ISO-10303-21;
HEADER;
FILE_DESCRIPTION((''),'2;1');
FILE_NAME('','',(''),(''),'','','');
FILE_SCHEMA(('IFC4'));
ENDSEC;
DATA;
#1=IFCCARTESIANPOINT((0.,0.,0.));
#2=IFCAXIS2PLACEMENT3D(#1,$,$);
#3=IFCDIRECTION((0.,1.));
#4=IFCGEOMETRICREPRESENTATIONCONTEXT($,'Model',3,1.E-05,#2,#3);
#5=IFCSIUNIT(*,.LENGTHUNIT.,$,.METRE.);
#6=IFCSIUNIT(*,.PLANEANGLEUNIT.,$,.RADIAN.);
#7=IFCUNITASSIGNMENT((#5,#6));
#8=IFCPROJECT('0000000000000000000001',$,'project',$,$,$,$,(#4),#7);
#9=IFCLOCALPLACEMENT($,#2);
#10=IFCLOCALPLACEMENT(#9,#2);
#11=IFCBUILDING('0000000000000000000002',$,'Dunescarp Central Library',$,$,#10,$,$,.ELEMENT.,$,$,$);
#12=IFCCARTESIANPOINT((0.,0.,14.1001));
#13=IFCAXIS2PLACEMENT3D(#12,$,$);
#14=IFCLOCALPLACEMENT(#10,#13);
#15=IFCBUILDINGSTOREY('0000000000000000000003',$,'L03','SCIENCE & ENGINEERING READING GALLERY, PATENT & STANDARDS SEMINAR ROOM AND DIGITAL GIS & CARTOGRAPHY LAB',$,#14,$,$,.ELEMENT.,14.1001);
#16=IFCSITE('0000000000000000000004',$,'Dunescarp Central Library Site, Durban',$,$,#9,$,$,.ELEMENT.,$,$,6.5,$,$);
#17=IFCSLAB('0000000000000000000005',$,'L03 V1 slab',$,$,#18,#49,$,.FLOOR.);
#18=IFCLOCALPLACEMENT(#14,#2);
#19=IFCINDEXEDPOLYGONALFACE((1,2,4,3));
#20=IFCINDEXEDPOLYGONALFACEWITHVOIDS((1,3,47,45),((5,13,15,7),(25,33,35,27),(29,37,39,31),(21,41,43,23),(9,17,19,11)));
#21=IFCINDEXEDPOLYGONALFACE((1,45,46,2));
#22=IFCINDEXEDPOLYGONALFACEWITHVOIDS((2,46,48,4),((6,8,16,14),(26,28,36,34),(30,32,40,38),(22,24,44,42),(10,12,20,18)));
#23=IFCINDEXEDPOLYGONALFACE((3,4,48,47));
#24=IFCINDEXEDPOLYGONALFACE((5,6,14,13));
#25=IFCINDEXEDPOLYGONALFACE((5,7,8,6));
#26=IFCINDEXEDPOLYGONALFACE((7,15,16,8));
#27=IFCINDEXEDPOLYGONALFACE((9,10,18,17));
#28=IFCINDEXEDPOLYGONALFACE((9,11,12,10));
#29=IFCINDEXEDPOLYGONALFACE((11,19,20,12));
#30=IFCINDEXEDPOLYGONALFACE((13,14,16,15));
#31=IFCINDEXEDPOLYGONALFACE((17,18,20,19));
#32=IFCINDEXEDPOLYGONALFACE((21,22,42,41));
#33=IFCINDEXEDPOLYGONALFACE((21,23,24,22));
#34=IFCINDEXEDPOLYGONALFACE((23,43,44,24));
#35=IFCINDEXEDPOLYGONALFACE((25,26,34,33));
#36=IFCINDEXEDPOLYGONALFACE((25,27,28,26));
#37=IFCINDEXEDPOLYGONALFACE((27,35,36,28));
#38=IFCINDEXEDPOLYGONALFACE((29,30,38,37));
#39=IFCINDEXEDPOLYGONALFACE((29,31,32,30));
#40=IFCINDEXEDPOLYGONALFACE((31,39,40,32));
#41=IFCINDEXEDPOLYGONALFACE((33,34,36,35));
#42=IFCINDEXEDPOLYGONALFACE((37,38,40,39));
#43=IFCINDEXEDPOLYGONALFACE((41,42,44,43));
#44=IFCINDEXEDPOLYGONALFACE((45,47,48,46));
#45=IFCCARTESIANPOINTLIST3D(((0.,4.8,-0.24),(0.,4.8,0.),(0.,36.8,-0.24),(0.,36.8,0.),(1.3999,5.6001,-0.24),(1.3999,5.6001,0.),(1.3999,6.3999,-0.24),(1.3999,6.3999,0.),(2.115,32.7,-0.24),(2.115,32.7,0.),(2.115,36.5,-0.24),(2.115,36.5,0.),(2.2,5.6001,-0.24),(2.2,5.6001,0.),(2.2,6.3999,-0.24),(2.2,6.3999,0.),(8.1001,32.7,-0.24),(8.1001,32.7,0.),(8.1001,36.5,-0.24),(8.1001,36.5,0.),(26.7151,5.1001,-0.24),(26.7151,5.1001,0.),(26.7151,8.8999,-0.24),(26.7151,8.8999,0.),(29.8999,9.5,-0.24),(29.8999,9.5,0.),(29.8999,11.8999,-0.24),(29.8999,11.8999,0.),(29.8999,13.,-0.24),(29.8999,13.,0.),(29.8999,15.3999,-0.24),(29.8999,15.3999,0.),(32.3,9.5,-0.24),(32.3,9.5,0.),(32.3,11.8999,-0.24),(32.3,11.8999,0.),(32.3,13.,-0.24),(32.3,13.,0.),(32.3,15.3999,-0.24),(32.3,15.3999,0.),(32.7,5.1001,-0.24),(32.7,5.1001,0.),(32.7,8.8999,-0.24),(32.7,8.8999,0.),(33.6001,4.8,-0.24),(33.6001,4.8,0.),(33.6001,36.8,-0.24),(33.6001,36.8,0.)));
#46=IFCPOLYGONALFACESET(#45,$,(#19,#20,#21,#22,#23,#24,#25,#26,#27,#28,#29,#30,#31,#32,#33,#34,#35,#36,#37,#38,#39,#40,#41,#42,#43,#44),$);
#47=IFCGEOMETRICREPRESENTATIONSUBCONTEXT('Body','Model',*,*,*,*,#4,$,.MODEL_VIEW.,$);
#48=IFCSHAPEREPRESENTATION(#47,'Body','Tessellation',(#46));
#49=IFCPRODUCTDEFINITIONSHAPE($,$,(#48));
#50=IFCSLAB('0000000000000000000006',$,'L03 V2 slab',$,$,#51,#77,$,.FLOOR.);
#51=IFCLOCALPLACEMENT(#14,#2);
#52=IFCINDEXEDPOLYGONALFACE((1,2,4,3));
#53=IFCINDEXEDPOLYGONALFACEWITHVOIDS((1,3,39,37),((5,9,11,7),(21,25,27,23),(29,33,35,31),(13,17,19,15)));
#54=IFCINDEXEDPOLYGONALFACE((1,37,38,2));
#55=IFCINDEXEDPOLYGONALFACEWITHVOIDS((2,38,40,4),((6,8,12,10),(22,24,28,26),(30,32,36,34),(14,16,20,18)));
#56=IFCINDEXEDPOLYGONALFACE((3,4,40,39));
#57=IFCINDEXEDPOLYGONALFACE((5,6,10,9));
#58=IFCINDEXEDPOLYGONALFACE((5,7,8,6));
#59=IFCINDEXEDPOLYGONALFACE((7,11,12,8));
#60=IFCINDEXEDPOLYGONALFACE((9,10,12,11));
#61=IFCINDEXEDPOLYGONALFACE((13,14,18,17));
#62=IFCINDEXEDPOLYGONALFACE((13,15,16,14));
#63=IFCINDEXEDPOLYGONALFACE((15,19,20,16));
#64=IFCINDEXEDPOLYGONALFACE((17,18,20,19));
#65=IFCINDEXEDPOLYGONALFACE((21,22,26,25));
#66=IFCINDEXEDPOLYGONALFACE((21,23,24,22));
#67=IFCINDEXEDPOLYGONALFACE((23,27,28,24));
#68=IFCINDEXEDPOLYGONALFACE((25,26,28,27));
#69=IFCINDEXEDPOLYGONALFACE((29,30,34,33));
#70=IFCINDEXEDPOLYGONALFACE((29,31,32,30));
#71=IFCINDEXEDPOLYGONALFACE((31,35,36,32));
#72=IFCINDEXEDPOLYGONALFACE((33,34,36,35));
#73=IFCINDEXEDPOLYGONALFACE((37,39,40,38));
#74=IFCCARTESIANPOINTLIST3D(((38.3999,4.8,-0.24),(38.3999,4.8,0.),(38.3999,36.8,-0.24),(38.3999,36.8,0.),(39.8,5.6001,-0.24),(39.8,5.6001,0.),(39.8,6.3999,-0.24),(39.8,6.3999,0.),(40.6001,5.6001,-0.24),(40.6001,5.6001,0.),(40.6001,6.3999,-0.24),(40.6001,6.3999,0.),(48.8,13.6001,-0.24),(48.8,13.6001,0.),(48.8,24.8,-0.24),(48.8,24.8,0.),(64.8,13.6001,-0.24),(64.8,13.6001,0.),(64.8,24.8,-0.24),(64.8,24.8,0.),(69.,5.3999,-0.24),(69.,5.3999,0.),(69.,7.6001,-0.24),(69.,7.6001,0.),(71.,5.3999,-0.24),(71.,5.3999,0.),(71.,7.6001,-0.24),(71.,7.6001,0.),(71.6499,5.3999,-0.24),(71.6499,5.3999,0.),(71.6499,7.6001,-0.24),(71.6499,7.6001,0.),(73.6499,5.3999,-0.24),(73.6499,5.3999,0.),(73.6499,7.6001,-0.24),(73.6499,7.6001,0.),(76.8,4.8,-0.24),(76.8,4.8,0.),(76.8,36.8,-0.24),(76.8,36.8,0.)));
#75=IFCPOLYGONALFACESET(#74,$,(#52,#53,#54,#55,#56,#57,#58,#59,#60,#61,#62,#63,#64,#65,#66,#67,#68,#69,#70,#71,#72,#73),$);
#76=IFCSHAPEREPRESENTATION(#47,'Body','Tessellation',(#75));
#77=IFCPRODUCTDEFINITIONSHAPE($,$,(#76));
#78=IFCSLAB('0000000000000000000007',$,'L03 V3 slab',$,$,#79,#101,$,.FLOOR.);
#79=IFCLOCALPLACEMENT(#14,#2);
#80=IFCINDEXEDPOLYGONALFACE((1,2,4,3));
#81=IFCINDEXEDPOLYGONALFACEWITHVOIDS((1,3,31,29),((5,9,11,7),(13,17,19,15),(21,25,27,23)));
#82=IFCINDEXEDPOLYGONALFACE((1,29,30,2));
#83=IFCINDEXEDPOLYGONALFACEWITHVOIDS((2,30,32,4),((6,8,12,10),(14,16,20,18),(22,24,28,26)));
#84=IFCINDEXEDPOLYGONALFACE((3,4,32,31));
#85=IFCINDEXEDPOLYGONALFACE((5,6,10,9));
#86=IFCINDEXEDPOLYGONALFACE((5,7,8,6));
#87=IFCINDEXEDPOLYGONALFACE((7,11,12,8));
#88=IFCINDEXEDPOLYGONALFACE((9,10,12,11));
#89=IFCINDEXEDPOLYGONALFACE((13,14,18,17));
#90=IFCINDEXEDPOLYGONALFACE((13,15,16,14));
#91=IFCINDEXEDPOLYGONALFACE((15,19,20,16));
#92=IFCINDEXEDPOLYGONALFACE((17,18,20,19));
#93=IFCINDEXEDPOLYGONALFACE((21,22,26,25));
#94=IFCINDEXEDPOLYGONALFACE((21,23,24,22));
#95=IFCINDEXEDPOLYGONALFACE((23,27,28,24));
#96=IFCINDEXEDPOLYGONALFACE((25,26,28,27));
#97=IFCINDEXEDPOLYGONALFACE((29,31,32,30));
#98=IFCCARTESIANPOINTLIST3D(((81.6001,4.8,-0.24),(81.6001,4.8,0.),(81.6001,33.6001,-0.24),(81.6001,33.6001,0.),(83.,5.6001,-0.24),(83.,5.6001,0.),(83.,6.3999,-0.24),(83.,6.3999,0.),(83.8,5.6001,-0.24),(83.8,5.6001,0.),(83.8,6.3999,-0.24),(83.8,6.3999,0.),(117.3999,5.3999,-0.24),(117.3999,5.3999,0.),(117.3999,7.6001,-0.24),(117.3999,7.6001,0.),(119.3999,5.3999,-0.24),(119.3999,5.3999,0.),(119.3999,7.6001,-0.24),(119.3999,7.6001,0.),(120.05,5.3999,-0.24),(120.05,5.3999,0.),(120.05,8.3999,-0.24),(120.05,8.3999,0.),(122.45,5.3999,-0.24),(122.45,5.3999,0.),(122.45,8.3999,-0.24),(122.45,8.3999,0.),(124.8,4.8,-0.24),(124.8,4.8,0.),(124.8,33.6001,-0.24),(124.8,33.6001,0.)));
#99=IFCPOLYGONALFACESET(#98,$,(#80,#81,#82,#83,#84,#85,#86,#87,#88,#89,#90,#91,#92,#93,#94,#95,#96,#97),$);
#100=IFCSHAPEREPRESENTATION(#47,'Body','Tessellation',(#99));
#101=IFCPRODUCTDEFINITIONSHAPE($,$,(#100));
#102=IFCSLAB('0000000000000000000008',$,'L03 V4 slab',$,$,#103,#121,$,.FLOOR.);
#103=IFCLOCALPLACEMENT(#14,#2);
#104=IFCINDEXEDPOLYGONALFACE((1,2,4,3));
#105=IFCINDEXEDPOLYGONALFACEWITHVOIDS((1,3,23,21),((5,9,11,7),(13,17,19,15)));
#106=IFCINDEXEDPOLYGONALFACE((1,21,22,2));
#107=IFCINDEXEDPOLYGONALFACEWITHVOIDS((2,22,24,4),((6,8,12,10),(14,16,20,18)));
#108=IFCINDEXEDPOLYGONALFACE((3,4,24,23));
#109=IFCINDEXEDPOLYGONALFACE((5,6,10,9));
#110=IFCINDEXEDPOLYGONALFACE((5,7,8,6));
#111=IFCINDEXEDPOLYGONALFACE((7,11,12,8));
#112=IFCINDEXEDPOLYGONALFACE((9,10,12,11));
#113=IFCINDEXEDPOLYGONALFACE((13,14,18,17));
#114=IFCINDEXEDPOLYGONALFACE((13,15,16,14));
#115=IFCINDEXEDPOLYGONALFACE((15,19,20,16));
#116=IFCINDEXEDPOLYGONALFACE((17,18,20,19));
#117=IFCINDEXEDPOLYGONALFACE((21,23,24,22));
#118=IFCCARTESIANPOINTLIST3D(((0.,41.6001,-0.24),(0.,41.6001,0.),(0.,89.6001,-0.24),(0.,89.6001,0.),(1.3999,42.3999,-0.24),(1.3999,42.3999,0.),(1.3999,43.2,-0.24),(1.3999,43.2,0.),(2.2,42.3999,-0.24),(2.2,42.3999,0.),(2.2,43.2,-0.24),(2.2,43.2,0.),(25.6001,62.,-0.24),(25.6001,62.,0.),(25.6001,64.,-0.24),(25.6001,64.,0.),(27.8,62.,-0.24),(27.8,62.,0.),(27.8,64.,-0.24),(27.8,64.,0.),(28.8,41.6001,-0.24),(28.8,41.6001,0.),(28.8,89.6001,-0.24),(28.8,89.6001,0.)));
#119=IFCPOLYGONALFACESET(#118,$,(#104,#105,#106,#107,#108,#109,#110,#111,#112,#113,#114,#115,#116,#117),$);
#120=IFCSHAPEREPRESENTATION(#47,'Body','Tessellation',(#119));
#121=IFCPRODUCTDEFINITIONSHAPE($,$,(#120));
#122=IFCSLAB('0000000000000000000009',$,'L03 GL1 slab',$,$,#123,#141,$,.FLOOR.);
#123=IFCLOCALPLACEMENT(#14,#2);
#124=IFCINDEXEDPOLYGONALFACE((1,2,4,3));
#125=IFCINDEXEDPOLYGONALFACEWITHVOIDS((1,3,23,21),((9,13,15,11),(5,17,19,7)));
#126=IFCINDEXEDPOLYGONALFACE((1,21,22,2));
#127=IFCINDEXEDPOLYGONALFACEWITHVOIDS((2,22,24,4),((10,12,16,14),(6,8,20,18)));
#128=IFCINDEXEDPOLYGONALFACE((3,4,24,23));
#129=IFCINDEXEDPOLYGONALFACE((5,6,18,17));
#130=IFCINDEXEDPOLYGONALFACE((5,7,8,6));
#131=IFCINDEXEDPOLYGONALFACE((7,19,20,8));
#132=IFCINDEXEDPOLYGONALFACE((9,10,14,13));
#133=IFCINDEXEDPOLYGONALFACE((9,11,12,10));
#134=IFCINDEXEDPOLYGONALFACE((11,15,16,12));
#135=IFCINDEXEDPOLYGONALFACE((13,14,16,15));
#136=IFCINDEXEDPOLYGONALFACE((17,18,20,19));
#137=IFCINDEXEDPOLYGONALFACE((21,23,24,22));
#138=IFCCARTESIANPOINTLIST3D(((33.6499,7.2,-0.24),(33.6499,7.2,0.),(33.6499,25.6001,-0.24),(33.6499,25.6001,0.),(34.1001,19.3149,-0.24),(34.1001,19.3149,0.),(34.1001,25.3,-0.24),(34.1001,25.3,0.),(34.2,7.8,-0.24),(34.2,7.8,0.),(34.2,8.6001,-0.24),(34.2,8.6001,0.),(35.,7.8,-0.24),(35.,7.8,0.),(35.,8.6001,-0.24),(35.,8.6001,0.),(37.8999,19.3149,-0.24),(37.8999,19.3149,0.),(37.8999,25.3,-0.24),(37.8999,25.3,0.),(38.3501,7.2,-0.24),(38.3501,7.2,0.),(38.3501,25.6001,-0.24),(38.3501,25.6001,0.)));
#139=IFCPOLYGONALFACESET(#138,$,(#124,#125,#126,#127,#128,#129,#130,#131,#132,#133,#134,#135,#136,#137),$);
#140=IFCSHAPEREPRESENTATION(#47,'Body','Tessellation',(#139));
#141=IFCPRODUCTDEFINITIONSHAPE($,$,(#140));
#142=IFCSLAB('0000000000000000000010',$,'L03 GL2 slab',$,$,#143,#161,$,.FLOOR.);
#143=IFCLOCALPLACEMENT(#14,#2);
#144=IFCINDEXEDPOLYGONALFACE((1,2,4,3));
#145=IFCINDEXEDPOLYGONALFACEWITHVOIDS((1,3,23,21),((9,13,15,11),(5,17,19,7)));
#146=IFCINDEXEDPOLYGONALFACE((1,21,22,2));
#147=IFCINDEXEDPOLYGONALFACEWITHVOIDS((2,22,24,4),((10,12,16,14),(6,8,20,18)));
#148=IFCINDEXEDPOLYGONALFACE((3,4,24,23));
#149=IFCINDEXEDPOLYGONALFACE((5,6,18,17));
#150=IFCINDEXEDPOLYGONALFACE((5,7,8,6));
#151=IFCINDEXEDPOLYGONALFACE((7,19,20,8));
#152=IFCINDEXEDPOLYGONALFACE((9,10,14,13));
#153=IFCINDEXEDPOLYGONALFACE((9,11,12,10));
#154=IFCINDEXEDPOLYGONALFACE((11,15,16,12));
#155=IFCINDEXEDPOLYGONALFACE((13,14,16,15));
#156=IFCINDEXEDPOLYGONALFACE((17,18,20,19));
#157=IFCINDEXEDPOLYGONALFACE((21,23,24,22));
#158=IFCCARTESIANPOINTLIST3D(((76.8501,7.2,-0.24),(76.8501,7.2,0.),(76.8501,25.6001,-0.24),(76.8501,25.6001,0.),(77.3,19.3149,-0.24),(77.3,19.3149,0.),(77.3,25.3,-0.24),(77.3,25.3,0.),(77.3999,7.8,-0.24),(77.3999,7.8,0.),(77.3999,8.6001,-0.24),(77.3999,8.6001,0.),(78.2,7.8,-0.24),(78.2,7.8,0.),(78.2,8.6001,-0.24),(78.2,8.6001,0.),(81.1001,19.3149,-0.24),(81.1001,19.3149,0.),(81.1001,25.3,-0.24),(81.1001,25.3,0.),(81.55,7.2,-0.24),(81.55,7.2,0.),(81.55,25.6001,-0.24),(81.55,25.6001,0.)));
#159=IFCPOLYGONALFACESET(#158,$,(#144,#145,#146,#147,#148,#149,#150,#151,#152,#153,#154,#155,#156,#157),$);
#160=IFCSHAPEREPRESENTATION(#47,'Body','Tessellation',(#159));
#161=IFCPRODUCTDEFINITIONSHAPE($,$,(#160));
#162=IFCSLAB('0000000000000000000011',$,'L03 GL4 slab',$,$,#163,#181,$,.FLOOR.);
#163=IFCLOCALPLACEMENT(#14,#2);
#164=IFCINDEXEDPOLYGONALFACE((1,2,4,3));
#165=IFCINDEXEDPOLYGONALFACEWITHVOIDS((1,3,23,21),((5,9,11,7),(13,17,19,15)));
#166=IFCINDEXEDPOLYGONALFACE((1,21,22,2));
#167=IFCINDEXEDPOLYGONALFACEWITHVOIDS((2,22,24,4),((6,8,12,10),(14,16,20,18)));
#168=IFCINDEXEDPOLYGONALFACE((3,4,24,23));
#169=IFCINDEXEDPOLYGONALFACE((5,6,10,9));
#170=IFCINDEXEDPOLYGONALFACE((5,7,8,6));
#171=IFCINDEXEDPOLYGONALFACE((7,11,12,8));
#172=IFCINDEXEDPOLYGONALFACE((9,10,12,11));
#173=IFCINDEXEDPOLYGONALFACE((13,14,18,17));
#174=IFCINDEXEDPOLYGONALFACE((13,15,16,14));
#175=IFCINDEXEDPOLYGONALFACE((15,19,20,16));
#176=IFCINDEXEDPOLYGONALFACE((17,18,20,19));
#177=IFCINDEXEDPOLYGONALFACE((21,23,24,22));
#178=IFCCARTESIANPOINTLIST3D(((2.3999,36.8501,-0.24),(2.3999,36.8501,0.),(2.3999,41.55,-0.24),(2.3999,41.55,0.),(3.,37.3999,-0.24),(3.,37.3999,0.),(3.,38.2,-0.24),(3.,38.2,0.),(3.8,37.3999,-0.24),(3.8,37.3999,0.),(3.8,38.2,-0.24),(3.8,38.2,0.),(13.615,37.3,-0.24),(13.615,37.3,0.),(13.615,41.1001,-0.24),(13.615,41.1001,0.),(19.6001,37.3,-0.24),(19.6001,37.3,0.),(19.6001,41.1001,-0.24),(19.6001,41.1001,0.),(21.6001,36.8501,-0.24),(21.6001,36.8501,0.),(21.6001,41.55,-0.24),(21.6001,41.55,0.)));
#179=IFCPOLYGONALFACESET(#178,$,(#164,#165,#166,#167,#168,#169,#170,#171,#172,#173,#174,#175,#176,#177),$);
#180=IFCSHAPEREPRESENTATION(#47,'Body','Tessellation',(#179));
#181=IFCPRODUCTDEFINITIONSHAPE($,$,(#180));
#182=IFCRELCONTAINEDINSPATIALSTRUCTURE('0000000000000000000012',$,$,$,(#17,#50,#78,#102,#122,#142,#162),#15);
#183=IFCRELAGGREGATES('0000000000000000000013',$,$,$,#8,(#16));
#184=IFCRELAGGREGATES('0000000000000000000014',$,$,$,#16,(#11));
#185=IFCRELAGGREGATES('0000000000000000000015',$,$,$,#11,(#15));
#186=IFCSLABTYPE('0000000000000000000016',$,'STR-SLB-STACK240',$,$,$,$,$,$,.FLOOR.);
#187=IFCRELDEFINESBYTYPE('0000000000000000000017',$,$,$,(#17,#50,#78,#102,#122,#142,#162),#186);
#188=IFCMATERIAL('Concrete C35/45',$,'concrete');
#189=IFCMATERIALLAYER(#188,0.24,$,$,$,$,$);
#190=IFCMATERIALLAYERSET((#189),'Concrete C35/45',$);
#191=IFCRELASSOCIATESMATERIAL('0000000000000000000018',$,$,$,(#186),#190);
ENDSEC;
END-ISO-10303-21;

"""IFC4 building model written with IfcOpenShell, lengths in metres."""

from ifc_helpers import new_model, si_unit, direction, frame, origin, place, context, subcontext, project, spatial, polyline, outline, extrude, material, layer, layer_set, type_object, element, save


model = new_model("IFC4")

# Units and contexts
model_context = context("Model", 3, precision=1e-05, world=origin(), true_north=direction((0.0, 1.0)))
body_context = subcontext(model_context, "Body", "Model", "MODEL_VIEW")
ifc_project = project(units=[si_unit("LENGTHUNIT", "METRE"), si_unit("PLANEANGLEUNIT", "RADIAN")], contexts=[model_context])

# Site, building, storey
site_placement = place(None, origin())
site = spatial("IfcSite", under=ifc_project, at=site_placement, Name="Dunescarp Central Library Site, Durban", CompositionType="ELEMENT", RefElevation=6.5)
building_placement = place(site_placement, origin())
building = spatial("IfcBuilding", under=site, at=building_placement, Name="Dunescarp Central Library", CompositionType="ELEMENT")
storey_placement = place(building_placement, frame((0.0, 0.0, 14.1001)))
storey = spatial("IfcBuildingStorey", under=building, at=storey_placement, Name="L03", Description="SCIENCE & ENGINEERING READING GALLERY, PATENT & STANDARDS SEMINAR ROOM AND DIGITAL GIS & CARTOGRAPHY LAB", CompositionType="ELEMENT", Elevation=14.1001)

# Shared definitions
ifc_material_1 = material(Name="Concrete C35/45", Category="concrete")

# Slabs
ifc_layer_1 = layer(ifc_material_1, 0.24)
ifc_layer_set_1 = layer_set([ifc_layer_1], Name="Concrete C35/45")
slab_type_1 = type_object("IfcSlabType", Name="STR-SLB-STACK240", PredefinedType="FLOOR", material=ifc_layer_set_1)
slab_1_placement = place(storey_placement, frame((0.0, 0.0, -0.24)))
element("IfcSlab", 1, at=slab_1_placement, inside=storey, type_object=slab_type_1, Name="L03 V1 slab", PredefinedType="FLOOR", context=body_context, shape_type="SweptSolid", body=[
    extrude(outline(polyline([(0.0, 4.8), (33.6001, 4.8), (33.6001, 36.8), (0.0, 36.8), (0.0, 4.8)]), holes=[polyline([(26.7151, 5.1001), (32.7, 5.1001), (32.7, 8.8999), (26.7151, 8.8999), (26.7151, 5.1001)]), polyline([(2.115, 32.7), (8.1001, 32.7), (8.1001, 36.5), (2.115, 36.5), (2.115, 32.7)]), polyline([(29.8999, 9.5), (32.3, 9.5), (32.3, 11.8999), (29.8999, 11.8999), (29.8999, 9.5)]), polyline([(29.8999, 13.0), (32.3, 13.0), (32.3, 15.3999), (29.8999, 15.3999), (29.8999, 13.0)]), polyline([(1.3999, 5.6001), (2.2, 5.6001), (2.2, 6.3999), (1.3999, 6.3999), (1.3999, 5.6001)])]), origin(), (0.0, 0.0, 1.0), 0.24),
])
slab_2_placement = place(storey_placement, frame((0.0, 0.0, -0.24)))
element("IfcSlab", 2, at=slab_2_placement, inside=storey, type_object=slab_type_1, Name="L03 V2 slab", PredefinedType="FLOOR", context=body_context, shape_type="SweptSolid", body=[
    extrude(outline(polyline([(38.3999, 4.8), (76.8, 4.8), (76.8, 36.8), (38.3999, 36.8), (38.3999, 4.8)]), holes=[polyline([(69.0, 5.3999), (71.0, 5.3999), (71.0, 7.6001), (69.0, 7.6001), (69.0, 5.3999)]), polyline([(71.6499, 5.3999), (73.6499, 5.3999), (73.6499, 7.6001), (71.6499, 7.6001), (71.6499, 5.3999)]), polyline([(48.8, 13.6001), (64.8, 13.6001), (64.8, 24.8), (48.8, 24.8), (48.8, 13.6001)]), polyline([(39.8, 5.6001), (40.6001, 5.6001), (40.6001, 6.3999), (39.8, 6.3999), (39.8, 5.6001)])]), origin(), (0.0, 0.0, 1.0), 0.24),
])
slab_3_placement = place(storey_placement, frame((0.0, 0.0, -0.24)))
element("IfcSlab", 3, at=slab_3_placement, inside=storey, type_object=slab_type_1, Name="L03 V3 slab", PredefinedType="FLOOR", context=body_context, shape_type="SweptSolid", body=[
    extrude(outline(polyline([(81.6001, 4.8), (124.8, 4.8), (124.8, 33.6001), (81.6001, 33.6001), (81.6001, 4.8)]), holes=[polyline([(117.3999, 5.3999), (119.3999, 5.3999), (119.3999, 7.6001), (117.3999, 7.6001), (117.3999, 5.3999)]), polyline([(120.05, 5.3999), (122.45, 5.3999), (122.45, 8.3999), (120.05, 8.3999), (120.05, 5.3999)]), polyline([(83.0, 5.6001), (83.8, 5.6001), (83.8, 6.3999), (83.0, 6.3999), (83.0, 5.6001)])]), origin(), (0.0, 0.0, 1.0), 0.24),
])
slab_4_placement = place(storey_placement, frame((0.0, 0.0, -0.24)))
element("IfcSlab", 4, at=slab_4_placement, inside=storey, type_object=slab_type_1, Name="L03 V4 slab", PredefinedType="FLOOR", context=body_context, shape_type="SweptSolid", body=[
    extrude(outline(polyline([(0.0, 41.6001), (28.8, 41.6001), (28.8, 89.6001), (0.0, 89.6001), (0.0, 41.6001)]), holes=[polyline([(25.6001, 62.0), (27.8, 62.0), (27.8, 64.0), (25.6001, 64.0), (25.6001, 62.0)]), polyline([(1.3999, 42.3999), (2.2, 42.3999), (2.2, 43.2), (1.3999, 43.2), (1.3999, 42.3999)])]), origin(), (0.0, 0.0, 1.0), 0.24),
])
slab_5_placement = place(storey_placement, frame((0.0, 0.0, -0.24)))
element("IfcSlab", 5, at=slab_5_placement, inside=storey, type_object=slab_type_1, Name="L03 GL1 slab", PredefinedType="FLOOR", context=body_context, shape_type="SweptSolid", body=[
    extrude(outline(polyline([(33.6499, 7.2), (38.3501, 7.2), (38.3501, 25.6001), (33.6499, 25.6001), (33.6499, 7.2)]), holes=[polyline([(34.1001, 19.3149), (37.8999, 19.3149), (37.8999, 25.3), (34.1001, 25.3), (34.1001, 19.3149)]), polyline([(34.2, 7.8), (35.0, 7.8), (35.0, 8.6001), (34.2, 8.6001), (34.2, 7.8)])]), origin(), (0.0, 0.0, 1.0), 0.24),
])
slab_6_placement = place(storey_placement, frame((0.0, 0.0, -0.24)))
element("IfcSlab", 6, at=slab_6_placement, inside=storey, type_object=slab_type_1, Name="L03 GL2 slab", PredefinedType="FLOOR", context=body_context, shape_type="SweptSolid", body=[
    extrude(outline(polyline([(76.8501, 7.2), (81.55, 7.2), (81.55, 25.6001), (76.8501, 25.6001), (76.8501, 7.2)]), holes=[polyline([(77.3, 19.3149), (81.1001, 19.3149), (81.1001, 25.3), (77.3, 25.3), (77.3, 19.3149)]), polyline([(77.3999, 7.8), (78.2, 7.8), (78.2, 8.6001), (77.3999, 8.6001), (77.3999, 7.8)])]), origin(), (0.0, 0.0, 1.0), 0.24),
])
slab_7_placement = place(storey_placement, frame((0.0, 0.0, -0.24)))
element("IfcSlab", 7, at=slab_7_placement, inside=storey, type_object=slab_type_1, Name="L03 GL4 slab", PredefinedType="FLOOR", context=body_context, shape_type="SweptSolid", body=[
    extrude(outline(polyline([(2.3999, 36.8501), (21.6001, 36.8501), (21.6001, 41.55), (2.3999, 41.55), (2.3999, 36.8501)]), holes=[polyline([(13.615, 37.3), (19.6001, 37.3), (19.6001, 41.1001), (13.615, 41.1001), (13.615, 37.3)]), polyline([(3.0, 37.3999), (3.8, 37.3999), (3.8, 38.2), (3.0, 38.2), (3.0, 37.3999)])]), origin(), (0.0, 0.0, 1.0), 0.24),
])

save(model, "model.ifc")
